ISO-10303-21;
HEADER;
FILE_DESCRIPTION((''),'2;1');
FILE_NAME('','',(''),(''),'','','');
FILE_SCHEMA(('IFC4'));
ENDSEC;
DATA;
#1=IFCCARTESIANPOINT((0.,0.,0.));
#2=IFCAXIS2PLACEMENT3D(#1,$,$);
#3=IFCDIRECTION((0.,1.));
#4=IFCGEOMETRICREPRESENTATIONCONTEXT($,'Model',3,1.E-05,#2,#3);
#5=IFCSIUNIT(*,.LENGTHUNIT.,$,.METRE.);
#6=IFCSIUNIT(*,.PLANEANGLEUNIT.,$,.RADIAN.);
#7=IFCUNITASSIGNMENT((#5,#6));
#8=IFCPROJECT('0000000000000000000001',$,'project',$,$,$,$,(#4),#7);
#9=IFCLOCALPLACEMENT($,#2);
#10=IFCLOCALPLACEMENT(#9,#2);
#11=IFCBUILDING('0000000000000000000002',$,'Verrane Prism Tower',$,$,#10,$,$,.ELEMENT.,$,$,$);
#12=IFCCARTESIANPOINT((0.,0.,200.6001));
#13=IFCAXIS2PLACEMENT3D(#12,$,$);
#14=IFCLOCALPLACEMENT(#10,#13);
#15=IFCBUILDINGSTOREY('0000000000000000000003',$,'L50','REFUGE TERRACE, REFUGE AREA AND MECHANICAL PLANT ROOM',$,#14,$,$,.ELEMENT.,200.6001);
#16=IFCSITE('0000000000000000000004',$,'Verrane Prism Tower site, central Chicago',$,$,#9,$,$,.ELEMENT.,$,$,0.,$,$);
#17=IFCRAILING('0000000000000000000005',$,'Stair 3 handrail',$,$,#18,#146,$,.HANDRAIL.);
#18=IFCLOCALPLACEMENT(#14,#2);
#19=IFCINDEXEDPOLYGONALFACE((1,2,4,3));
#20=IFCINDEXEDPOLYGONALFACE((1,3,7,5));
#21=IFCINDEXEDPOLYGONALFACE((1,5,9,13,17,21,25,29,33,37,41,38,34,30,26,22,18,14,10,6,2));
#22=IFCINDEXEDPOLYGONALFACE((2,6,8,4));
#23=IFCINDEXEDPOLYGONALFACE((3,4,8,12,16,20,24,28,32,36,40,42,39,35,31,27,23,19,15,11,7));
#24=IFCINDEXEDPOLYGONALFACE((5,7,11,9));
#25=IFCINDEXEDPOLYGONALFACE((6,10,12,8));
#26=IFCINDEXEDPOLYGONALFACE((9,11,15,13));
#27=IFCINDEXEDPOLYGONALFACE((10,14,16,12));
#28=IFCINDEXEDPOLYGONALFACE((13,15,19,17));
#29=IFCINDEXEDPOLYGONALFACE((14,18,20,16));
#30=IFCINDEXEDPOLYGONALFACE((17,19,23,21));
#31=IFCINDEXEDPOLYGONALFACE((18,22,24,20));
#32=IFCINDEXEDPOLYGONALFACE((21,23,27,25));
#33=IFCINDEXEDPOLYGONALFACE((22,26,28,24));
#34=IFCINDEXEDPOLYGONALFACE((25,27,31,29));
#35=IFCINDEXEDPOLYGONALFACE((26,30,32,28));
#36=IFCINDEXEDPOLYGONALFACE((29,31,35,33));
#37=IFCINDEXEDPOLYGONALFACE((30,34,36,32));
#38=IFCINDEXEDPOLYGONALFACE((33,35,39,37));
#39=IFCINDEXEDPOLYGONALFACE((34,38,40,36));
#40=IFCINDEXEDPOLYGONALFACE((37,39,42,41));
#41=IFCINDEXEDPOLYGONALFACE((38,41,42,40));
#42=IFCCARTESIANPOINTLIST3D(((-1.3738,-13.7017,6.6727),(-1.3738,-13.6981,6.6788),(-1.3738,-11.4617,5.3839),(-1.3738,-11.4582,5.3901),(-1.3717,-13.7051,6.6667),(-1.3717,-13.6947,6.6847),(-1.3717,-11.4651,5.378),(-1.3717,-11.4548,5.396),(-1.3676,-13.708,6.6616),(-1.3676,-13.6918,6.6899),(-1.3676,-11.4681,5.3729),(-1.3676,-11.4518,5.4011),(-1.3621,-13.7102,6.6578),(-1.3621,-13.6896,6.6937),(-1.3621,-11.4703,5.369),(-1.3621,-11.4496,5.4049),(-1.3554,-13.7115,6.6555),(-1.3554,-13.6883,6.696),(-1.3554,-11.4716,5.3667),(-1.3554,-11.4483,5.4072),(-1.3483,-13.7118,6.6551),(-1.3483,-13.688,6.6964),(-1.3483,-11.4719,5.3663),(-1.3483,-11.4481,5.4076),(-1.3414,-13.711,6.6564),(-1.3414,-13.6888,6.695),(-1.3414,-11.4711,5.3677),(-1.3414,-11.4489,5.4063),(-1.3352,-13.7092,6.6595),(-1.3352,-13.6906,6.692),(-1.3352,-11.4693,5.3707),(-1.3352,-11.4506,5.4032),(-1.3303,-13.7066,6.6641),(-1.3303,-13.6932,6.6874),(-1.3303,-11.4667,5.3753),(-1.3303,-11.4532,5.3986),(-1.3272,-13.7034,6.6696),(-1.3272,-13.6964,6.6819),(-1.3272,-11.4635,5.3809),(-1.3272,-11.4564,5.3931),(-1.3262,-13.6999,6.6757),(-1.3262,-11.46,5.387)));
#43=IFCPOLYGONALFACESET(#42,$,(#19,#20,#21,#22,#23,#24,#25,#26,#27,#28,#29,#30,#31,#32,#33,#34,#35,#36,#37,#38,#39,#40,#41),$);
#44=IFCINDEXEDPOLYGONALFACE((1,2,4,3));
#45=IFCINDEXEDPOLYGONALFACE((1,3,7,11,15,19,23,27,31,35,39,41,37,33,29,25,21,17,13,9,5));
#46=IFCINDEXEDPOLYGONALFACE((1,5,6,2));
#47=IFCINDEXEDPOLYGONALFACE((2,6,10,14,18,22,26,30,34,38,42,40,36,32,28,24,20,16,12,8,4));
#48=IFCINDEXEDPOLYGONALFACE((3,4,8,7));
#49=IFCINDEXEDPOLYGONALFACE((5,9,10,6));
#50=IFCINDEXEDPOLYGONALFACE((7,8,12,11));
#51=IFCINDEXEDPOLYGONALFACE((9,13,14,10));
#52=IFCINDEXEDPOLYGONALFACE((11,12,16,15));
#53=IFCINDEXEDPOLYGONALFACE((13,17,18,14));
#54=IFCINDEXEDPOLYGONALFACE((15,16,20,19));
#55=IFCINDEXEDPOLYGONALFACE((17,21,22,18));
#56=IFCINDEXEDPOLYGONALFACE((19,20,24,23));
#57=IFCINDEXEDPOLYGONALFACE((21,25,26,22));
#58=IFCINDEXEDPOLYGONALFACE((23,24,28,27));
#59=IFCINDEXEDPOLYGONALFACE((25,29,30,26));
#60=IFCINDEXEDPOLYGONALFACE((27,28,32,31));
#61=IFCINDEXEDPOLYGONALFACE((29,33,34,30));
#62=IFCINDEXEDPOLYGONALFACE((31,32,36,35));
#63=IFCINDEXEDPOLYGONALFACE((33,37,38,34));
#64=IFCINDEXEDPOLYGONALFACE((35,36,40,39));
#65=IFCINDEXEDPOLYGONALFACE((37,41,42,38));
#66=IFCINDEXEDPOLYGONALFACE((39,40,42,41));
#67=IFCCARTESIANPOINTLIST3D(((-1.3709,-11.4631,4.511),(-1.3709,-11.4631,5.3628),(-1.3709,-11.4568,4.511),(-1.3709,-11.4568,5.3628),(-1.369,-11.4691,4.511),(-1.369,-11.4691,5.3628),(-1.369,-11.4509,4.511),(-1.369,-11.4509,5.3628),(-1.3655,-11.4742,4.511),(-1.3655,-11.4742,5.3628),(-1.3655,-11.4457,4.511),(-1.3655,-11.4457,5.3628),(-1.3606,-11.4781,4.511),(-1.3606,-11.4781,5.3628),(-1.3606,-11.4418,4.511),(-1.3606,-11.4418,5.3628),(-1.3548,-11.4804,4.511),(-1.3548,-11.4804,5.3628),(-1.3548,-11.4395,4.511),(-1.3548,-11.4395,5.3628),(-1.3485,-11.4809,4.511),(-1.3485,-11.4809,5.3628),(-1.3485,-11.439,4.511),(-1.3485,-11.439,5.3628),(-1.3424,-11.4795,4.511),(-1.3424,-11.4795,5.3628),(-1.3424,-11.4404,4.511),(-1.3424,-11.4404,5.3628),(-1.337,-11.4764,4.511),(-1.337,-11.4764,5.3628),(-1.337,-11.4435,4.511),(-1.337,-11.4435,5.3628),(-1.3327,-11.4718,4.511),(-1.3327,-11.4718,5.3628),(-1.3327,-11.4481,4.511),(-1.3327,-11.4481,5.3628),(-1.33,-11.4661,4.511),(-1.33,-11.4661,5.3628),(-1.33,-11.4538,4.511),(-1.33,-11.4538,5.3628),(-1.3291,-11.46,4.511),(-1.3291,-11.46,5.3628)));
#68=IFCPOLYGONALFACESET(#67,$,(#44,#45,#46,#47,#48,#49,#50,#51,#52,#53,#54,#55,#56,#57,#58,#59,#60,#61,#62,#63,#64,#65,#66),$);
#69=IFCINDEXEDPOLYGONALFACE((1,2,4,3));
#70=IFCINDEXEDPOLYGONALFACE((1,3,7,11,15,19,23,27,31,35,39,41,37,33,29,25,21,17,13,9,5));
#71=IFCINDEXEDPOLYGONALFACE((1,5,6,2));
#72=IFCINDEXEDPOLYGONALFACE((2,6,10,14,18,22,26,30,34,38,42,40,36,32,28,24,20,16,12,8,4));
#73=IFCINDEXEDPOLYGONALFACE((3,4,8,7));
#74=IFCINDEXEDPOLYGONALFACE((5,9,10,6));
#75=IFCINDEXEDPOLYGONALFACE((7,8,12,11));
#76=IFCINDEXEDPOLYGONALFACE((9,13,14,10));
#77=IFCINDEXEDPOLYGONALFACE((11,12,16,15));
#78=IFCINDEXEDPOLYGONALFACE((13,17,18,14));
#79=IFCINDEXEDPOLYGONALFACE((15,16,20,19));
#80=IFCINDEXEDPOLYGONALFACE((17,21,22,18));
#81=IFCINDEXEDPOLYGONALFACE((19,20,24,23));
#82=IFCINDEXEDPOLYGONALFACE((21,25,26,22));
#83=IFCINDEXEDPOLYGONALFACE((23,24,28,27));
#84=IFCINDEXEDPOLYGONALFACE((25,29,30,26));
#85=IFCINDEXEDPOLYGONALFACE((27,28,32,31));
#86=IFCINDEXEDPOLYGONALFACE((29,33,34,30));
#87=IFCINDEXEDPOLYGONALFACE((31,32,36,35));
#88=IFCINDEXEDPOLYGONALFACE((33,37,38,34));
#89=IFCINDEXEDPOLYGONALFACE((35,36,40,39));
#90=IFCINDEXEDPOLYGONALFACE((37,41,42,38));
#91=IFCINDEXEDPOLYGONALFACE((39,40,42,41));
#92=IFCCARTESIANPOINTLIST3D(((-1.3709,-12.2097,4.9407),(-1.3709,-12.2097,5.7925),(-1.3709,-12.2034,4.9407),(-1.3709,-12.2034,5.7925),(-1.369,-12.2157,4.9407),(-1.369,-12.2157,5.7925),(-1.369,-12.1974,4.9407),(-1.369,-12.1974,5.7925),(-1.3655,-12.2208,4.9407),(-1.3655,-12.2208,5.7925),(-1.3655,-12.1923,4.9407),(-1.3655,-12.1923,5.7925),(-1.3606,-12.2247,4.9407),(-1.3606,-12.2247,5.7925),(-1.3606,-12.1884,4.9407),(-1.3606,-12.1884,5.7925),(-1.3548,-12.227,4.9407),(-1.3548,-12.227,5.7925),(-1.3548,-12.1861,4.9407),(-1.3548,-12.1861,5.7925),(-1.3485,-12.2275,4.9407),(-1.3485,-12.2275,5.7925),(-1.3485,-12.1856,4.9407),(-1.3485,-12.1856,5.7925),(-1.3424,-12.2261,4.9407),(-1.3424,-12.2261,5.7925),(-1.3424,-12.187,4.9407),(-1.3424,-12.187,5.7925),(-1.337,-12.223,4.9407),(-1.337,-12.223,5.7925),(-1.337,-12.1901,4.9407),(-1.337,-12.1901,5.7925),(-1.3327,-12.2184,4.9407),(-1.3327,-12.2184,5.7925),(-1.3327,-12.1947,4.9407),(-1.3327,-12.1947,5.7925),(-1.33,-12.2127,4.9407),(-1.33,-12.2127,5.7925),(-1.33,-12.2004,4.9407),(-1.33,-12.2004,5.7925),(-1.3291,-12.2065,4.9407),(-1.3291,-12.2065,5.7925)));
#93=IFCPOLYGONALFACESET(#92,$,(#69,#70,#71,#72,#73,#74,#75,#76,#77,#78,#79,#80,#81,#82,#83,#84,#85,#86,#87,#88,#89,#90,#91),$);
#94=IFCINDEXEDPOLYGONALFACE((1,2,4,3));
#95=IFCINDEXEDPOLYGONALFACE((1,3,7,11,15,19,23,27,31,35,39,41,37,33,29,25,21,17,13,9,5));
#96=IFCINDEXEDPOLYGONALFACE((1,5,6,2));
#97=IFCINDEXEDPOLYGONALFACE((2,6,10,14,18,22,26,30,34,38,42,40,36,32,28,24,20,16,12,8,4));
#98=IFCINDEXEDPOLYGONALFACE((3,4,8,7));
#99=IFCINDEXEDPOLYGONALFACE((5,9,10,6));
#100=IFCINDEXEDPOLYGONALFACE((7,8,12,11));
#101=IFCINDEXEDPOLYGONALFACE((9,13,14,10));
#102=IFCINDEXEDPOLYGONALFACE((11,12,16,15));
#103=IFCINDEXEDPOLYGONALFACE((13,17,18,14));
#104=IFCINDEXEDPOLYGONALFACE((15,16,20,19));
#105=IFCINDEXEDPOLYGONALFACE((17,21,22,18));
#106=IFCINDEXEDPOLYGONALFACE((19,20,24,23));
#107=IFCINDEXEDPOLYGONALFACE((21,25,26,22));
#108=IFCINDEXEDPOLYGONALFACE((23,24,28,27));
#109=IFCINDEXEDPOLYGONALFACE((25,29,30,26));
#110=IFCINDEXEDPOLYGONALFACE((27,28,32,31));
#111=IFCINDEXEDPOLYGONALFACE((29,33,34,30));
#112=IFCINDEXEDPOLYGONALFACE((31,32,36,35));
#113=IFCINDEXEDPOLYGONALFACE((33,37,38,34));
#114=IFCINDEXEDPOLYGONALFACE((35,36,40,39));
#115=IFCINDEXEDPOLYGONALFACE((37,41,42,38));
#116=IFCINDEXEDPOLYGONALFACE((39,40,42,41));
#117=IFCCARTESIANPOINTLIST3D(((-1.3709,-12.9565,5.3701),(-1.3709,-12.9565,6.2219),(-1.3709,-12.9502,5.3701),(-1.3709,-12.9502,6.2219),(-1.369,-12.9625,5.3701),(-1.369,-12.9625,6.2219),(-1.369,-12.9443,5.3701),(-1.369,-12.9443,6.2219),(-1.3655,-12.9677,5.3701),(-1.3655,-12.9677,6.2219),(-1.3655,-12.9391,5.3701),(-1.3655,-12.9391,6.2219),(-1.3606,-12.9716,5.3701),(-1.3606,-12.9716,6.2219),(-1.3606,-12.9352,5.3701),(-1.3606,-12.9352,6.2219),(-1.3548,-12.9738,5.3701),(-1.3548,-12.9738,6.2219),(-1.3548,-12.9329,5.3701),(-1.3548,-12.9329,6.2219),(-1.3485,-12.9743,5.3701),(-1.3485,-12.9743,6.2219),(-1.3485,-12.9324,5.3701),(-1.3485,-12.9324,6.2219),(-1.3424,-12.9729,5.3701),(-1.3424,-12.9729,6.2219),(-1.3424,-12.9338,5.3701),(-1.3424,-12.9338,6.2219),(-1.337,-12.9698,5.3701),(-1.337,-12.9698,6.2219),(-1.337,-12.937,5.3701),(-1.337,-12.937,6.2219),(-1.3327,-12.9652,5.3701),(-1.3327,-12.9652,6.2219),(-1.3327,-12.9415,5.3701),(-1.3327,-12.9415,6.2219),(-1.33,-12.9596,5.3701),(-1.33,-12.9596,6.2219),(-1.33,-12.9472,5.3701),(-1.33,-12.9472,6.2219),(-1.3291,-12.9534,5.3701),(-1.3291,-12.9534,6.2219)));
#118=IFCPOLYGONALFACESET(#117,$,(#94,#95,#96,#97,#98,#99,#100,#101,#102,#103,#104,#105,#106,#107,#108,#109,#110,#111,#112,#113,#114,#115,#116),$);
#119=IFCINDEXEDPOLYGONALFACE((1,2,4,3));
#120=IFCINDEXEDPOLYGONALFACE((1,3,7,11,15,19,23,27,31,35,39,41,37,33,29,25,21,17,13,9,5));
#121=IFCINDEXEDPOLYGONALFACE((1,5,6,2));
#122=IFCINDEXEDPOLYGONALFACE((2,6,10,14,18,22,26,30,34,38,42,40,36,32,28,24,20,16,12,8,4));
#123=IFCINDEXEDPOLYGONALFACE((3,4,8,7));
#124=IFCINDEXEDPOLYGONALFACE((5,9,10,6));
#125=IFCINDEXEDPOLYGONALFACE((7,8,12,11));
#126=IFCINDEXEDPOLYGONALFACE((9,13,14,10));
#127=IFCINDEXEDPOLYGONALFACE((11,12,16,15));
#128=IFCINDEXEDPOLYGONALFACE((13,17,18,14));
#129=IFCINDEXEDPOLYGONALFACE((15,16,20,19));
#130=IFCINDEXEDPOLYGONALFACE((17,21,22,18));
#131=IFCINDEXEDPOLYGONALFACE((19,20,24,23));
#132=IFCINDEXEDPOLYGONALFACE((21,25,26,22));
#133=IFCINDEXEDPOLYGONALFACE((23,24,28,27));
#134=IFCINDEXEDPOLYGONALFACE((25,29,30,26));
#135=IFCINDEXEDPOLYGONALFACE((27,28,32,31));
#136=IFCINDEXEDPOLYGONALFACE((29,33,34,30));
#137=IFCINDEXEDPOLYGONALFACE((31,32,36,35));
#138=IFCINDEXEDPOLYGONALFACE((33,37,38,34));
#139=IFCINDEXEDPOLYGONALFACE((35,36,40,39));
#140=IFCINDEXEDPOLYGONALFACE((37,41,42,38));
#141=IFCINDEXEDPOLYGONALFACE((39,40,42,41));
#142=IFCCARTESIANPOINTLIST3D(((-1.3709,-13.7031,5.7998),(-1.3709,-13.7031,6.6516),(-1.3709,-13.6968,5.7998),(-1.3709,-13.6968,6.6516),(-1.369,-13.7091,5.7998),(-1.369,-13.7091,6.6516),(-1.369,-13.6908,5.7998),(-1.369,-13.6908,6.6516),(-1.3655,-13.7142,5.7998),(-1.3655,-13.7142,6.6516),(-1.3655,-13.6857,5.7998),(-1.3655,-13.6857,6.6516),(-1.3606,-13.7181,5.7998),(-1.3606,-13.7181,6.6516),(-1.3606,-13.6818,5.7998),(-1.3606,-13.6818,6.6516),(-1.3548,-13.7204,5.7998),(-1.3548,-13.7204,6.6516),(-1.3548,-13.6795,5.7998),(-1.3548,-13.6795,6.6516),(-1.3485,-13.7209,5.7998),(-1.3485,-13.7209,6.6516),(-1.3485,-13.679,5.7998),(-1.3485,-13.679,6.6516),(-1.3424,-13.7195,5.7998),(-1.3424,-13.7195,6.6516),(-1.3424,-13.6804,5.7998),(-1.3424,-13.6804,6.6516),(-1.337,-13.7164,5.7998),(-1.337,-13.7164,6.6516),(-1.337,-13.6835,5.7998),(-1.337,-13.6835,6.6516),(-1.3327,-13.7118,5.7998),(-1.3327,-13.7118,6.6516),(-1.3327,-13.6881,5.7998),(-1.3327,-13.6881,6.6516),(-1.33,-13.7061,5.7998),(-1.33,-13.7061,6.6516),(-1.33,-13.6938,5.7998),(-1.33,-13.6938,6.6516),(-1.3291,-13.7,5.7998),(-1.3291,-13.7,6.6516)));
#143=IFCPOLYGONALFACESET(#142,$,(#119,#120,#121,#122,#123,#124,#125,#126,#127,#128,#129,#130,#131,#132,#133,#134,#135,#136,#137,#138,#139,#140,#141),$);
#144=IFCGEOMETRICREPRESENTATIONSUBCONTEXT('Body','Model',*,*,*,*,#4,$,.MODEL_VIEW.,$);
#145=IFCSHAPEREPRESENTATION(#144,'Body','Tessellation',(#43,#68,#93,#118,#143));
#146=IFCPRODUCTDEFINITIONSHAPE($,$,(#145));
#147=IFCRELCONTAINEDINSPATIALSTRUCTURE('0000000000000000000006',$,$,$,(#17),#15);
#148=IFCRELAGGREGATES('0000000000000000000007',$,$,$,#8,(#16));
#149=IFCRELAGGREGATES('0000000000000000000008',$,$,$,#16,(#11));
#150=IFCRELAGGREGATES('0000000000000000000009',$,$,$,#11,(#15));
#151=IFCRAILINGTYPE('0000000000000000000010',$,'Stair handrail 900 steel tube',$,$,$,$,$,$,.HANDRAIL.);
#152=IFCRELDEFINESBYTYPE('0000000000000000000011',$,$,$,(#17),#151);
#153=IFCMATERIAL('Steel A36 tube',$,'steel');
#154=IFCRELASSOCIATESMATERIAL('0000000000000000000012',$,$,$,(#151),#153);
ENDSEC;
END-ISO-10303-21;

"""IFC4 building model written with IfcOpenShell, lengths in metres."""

from ifc_helpers import new_model, si_unit, direction, frame, origin, origin_2d, place, context, subcontext, project, spatial, circle, extrude, material, type_object, element, save


model = new_model("IFC4")

# Units and contexts
model_context = context("Model", 3, precision=1e-05, world=origin(), true_north=direction((0.0, 1.0)))
body_context = subcontext(model_context, "Body", "Model", "MODEL_VIEW")
ifc_project = project(units=[si_unit("LENGTHUNIT", "METRE"), si_unit("PLANEANGLEUNIT", "RADIAN")], contexts=[model_context])

# Site, building, storey
site_placement = place(None, origin())
site = spatial("IfcSite", under=ifc_project, at=site_placement, Name="Verrane Prism Tower site, central Chicago", CompositionType="ELEMENT", RefElevation=0.0)
building_placement = place(site_placement, origin())
building = spatial("IfcBuilding", under=site, at=building_placement, Name="Verrane Prism Tower", CompositionType="ELEMENT")
storey_placement = place(building_placement, frame((0.0, 0.0, 200.6001)))
storey = spatial("IfcBuildingStorey", under=building, at=storey_placement, Name="L50", Description="REFUGE TERRACE, REFUGE AREA AND MECHANICAL PLANT ROOM", CompositionType="ELEMENT", Elevation=200.6001)

# Railing
ifc_material_1 = material(Name="Steel A36 tube", Category="steel")
railing_type = type_object("IfcRailingType", Name="Stair handrail 900 steel tube", PredefinedType="HANDRAIL", material=ifc_material_1)
for number, where, name in (
    (1, (-1.3501, -11.46, 4.511), "Stair 3 handrail"),
):
    element("IfcRailing", number, at=place(storey_placement, frame(where)), inside=storey, type_object=railing_type, Name=name, PredefinedType="HANDRAIL", context=body_context, shape_type="SweptSolid", body=[
        extrude(circle(Radius=0.0239, at=origin_2d()), frame((0.0, 0.0, 0.876), z_axis=(0.0, -0.866768, 0.498711), x_axis=(1.0, 0.0, 0.0)), (0.0, 0.0, 1.0), 2.5842),
        extrude(circle(Radius=0.021, at=origin_2d()), origin(), (0.0, 0.0, 1.0), 0.8518),
        extrude(circle(Radius=0.021, at=origin_2d()), frame((0.0, -0.7466, 0.4297)), (0.0, 0.0, 1.0), 0.8518),
        extrude(circle(Radius=0.021, at=origin_2d()), frame((0.0, -1.4934, 0.8591)), (0.0, 0.0, 1.0), 0.8518),
        extrude(circle(Radius=0.021, at=origin_2d()), frame((0.0, -2.24, 1.2888)), (0.0, 0.0, 1.0), 0.8518),
    ])

save(model, "model.ifc")
